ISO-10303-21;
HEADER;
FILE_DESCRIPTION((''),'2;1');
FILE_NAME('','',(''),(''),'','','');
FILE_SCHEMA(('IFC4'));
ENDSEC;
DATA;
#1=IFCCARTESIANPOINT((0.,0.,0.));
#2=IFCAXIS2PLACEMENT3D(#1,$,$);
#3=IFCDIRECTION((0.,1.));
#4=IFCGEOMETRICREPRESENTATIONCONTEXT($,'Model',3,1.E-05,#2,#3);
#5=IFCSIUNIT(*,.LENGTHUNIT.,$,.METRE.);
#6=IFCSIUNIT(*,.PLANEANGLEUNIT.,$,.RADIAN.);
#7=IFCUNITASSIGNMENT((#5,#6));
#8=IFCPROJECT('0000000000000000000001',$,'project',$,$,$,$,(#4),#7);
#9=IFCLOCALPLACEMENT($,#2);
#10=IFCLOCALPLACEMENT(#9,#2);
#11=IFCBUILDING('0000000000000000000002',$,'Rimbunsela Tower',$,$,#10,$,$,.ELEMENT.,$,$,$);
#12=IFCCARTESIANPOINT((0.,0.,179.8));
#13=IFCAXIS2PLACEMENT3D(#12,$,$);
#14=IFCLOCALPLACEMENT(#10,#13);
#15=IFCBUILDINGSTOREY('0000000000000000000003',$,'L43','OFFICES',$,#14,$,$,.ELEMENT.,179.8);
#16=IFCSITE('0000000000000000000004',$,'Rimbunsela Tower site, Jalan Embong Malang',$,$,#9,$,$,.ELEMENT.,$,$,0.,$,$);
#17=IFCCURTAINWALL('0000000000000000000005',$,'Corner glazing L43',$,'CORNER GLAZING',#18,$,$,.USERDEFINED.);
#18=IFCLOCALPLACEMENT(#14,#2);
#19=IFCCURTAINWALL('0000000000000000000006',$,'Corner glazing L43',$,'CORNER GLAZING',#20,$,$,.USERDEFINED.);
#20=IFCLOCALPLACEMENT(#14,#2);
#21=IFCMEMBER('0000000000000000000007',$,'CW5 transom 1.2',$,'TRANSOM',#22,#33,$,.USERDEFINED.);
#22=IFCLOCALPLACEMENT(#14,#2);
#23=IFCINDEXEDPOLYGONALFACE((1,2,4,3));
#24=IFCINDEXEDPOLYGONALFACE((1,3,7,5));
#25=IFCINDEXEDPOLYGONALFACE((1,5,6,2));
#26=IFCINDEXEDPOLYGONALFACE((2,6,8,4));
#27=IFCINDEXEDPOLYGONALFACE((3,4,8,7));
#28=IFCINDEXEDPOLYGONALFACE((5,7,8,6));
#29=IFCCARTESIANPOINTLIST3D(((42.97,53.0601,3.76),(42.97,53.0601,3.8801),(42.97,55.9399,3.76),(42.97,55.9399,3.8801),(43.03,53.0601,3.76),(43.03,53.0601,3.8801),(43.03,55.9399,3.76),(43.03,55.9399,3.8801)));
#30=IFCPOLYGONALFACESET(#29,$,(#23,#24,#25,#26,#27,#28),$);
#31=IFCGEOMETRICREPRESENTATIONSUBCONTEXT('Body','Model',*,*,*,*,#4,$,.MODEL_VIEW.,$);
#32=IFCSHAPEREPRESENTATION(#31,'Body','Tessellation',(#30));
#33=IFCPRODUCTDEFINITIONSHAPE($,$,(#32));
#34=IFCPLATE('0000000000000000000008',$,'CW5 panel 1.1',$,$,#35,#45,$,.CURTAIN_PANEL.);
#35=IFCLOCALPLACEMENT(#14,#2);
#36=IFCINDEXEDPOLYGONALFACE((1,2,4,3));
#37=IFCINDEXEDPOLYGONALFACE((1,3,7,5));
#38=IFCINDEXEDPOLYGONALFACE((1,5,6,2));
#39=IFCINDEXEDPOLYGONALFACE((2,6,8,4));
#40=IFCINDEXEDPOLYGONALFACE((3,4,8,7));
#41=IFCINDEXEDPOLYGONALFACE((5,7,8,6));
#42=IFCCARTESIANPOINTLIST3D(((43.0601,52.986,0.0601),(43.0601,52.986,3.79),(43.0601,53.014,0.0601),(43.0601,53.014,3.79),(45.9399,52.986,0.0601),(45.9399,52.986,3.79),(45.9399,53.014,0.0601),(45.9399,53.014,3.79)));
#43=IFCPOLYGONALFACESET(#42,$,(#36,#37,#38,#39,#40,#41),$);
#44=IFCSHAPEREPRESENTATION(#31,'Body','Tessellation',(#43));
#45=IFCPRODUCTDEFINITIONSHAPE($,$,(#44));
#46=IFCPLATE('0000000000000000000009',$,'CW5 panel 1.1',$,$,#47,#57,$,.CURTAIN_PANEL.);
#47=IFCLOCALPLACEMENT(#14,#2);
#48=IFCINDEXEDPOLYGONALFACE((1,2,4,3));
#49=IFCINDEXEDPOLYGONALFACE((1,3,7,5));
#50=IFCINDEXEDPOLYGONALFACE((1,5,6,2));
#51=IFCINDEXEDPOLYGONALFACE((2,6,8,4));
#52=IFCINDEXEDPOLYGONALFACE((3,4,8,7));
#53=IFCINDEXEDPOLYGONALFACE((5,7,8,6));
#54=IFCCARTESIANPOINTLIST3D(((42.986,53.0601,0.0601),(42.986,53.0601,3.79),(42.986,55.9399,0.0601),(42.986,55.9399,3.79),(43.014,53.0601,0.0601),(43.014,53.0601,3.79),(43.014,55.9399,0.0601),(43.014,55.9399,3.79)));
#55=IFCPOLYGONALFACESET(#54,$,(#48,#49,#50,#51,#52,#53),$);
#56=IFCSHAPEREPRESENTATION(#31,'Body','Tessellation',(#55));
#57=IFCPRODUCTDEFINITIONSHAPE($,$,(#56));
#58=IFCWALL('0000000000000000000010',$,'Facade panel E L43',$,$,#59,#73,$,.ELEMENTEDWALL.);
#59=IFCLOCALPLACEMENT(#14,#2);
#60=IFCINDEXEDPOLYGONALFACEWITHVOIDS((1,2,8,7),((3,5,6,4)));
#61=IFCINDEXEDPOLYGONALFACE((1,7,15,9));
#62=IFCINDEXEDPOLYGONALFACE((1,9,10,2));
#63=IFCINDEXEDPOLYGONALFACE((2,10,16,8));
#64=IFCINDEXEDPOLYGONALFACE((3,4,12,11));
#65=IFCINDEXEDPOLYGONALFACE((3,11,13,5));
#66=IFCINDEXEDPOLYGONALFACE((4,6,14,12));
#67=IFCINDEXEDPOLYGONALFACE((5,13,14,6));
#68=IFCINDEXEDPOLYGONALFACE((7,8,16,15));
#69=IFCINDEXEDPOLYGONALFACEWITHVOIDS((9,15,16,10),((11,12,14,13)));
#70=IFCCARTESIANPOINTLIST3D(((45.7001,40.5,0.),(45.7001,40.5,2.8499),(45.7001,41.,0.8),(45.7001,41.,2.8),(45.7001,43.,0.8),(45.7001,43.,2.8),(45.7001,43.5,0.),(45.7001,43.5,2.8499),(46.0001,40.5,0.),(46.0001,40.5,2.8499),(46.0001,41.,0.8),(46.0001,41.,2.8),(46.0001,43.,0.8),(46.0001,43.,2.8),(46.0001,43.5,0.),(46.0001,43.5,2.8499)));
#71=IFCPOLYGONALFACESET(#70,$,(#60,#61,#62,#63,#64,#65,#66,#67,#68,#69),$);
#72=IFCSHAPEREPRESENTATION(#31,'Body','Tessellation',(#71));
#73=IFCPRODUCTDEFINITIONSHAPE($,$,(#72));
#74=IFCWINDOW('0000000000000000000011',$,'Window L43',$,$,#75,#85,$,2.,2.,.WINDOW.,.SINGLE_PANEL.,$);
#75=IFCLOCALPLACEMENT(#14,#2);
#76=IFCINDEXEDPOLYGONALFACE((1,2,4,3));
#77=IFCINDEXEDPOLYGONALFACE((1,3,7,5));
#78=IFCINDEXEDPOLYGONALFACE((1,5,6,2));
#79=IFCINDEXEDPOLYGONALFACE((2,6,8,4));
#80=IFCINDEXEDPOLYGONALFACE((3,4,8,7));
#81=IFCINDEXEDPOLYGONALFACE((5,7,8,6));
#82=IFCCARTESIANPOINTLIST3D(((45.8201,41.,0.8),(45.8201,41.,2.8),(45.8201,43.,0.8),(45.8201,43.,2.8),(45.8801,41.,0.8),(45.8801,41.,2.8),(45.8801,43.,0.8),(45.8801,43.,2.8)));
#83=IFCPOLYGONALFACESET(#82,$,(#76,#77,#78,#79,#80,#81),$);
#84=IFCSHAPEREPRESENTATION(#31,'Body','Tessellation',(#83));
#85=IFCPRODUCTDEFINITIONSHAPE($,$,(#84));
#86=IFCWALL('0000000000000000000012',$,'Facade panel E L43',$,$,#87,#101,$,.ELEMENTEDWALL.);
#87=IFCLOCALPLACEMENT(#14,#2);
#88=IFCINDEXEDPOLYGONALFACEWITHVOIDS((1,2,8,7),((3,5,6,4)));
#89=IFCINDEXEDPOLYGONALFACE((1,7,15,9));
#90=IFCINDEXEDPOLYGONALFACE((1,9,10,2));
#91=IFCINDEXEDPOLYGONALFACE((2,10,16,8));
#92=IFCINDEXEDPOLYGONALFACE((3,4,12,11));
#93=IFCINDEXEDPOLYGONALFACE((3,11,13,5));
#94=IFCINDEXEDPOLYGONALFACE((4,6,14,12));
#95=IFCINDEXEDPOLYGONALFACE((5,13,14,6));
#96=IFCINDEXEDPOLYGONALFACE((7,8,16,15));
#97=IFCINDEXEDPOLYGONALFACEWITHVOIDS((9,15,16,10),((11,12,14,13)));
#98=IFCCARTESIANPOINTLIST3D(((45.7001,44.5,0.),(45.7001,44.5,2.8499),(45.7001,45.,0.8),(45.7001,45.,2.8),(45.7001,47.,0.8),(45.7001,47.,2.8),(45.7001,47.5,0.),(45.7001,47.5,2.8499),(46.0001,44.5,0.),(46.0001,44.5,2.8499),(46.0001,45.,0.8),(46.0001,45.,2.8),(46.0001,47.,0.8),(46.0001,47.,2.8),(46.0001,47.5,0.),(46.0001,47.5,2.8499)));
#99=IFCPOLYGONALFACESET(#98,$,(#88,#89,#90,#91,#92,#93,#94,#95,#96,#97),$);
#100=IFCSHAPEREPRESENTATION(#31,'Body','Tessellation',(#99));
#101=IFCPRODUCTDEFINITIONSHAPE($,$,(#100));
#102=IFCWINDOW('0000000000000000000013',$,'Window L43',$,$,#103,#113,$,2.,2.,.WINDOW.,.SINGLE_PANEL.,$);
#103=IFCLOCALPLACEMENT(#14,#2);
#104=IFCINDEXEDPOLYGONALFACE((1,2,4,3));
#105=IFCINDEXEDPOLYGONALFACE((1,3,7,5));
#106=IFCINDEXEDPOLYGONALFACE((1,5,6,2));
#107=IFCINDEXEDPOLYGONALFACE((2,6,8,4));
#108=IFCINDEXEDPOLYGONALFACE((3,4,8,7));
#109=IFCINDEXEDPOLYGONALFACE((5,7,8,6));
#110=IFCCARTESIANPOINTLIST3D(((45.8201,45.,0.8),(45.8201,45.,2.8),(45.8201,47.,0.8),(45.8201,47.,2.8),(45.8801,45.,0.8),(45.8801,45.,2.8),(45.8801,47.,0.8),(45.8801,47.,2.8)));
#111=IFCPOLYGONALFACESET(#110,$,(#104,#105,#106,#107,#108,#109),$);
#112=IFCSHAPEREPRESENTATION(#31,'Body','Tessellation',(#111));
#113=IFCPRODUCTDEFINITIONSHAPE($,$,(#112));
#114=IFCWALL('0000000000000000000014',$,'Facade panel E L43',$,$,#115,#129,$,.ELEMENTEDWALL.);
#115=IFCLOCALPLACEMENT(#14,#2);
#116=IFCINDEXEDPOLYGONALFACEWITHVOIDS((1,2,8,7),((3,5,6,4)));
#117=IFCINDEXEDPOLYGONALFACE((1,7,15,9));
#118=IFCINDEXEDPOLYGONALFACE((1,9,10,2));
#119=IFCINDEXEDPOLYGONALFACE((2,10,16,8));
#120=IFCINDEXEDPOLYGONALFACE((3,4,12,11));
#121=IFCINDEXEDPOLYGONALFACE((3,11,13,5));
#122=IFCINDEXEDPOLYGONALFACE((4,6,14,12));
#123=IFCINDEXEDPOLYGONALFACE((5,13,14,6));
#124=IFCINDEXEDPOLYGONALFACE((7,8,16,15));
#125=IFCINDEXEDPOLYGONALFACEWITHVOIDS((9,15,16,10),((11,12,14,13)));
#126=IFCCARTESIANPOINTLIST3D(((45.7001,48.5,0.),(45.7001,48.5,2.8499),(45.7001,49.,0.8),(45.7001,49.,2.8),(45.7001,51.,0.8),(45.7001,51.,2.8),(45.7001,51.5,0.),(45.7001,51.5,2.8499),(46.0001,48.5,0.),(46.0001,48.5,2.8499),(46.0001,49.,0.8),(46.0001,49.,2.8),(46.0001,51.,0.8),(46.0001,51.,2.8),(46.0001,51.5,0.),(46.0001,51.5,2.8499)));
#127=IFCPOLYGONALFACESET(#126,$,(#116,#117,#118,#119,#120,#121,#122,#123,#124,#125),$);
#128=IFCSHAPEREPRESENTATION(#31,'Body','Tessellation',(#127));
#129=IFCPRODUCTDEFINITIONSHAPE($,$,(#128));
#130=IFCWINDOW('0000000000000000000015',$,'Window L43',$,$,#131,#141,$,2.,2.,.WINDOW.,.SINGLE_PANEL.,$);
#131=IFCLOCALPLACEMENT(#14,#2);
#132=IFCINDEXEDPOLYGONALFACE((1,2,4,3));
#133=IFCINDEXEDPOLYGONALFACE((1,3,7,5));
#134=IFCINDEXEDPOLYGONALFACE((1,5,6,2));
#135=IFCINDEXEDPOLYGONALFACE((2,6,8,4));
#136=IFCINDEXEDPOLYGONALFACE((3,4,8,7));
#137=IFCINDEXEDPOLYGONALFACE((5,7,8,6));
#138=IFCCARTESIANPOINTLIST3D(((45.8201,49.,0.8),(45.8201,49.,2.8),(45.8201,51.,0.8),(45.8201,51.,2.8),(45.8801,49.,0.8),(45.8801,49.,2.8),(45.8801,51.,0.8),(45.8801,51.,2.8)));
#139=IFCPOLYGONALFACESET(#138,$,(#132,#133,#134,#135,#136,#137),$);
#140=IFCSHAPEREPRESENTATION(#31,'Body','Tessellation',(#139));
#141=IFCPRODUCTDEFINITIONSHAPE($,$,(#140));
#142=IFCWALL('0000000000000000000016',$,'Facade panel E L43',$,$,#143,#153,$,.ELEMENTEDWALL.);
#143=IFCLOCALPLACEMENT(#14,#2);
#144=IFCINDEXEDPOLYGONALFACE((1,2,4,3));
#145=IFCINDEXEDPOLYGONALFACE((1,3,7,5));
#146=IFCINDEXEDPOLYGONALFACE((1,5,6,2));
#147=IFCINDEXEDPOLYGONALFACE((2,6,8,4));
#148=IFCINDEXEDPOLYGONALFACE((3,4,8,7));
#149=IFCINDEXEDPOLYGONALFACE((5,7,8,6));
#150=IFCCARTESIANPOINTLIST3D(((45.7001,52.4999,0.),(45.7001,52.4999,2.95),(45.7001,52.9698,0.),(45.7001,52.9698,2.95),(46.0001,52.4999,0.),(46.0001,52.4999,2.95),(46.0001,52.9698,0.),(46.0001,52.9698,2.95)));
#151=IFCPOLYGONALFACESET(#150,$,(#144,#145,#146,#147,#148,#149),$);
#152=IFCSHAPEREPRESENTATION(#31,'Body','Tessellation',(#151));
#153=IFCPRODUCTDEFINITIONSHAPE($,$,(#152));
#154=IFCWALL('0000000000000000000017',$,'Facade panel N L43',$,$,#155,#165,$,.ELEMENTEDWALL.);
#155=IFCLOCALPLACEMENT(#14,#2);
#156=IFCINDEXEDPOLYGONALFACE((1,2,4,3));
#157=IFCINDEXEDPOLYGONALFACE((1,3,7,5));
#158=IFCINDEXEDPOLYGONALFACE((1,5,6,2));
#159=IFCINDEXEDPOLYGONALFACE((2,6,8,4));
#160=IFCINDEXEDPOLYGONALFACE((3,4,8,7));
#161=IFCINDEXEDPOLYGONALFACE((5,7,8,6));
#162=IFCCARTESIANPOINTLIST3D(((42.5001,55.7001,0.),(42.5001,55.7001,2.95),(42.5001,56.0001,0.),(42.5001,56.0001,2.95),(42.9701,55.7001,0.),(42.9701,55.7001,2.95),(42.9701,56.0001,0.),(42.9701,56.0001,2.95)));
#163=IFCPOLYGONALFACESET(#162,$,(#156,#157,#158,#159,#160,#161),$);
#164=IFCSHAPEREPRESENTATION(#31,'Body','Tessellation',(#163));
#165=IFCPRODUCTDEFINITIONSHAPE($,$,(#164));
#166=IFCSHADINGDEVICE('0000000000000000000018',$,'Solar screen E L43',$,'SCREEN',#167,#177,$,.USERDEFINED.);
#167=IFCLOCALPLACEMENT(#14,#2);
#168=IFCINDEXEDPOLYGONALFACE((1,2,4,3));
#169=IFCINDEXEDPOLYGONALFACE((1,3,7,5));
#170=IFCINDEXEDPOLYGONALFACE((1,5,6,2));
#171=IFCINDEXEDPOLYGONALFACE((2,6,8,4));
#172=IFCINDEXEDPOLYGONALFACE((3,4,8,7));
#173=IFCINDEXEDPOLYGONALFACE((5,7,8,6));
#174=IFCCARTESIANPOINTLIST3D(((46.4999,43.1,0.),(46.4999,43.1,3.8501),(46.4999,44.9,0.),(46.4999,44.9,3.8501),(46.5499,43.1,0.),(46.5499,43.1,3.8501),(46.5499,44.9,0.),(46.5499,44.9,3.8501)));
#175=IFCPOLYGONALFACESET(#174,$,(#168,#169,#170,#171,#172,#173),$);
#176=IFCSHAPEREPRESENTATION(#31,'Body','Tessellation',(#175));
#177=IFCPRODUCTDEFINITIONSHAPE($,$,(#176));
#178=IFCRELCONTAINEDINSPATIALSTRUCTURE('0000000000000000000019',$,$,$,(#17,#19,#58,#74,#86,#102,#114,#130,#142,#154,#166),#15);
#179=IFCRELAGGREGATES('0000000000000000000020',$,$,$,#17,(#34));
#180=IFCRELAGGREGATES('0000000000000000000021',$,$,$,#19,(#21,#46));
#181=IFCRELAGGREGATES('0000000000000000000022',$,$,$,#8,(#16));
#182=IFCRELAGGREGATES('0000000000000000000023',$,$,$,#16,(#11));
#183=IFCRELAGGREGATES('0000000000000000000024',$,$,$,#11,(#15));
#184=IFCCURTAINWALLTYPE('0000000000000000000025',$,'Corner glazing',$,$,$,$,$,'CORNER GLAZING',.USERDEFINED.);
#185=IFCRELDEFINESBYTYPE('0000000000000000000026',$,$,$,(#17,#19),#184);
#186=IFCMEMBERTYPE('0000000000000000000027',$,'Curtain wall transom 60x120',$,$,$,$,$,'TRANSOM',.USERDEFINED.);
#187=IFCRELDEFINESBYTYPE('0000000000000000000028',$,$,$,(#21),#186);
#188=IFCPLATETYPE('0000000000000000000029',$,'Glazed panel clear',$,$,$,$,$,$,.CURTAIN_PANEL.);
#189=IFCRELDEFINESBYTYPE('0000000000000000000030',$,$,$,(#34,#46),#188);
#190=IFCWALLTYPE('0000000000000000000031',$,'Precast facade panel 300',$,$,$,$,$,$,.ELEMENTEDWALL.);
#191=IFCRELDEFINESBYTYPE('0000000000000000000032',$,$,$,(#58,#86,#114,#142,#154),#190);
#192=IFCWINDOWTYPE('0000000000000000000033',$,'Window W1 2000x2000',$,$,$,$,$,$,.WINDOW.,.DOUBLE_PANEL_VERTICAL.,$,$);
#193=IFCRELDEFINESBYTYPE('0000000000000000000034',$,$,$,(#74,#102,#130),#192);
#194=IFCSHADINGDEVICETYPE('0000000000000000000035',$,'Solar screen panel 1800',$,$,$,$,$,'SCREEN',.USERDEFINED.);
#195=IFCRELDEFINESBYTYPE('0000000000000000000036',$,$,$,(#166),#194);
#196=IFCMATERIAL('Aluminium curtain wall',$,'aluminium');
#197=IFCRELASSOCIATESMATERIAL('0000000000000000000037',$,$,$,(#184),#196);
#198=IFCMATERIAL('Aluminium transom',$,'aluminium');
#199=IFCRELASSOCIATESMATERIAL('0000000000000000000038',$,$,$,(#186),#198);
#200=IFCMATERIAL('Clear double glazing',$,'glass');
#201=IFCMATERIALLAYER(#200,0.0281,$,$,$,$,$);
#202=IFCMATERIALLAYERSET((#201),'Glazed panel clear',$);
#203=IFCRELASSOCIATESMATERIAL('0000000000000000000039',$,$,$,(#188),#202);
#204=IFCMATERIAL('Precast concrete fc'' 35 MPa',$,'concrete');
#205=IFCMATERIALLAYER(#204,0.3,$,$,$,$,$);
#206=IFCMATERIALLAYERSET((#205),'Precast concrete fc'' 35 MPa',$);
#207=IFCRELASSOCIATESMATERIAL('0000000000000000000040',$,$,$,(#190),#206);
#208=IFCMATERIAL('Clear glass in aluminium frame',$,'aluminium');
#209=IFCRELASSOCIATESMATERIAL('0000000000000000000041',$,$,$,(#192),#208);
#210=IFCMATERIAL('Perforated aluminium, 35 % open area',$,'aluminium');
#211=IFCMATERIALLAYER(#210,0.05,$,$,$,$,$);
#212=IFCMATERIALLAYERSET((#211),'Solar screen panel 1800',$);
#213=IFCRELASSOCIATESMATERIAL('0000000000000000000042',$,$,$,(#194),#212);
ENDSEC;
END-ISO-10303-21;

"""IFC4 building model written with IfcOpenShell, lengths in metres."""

from ifc_helpers import new_model, si_unit, direction, frame, frame_2d, origin, origin_2d, place, context, subcontext, project, spatial, rectangle, extrude, material, layer, layer_set, material_profile, profile_set, type_object, element, fill, aggregate, save


model = new_model("IFC4")

# Units and contexts
model_context = context("Model", 3, precision=1e-05, world=origin(), true_north=direction((0.0, 1.0)))
body_context = subcontext(model_context, "Body", "Model", "MODEL_VIEW")
ifc_project = project(units=[si_unit("LENGTHUNIT", "METRE"), si_unit("PLANEANGLEUNIT", "RADIAN")], contexts=[model_context])

# Site, building, storey
site_placement = place(None, origin())
site = spatial("IfcSite", under=ifc_project, at=site_placement, Name="Rimbunsela Tower site, Jalan Embong Malang", CompositionType="ELEMENT", RefElevation=0.0)
building_placement = place(site_placement, origin())
building = spatial("IfcBuilding", under=site, at=building_placement, Name="Rimbunsela Tower", CompositionType="ELEMENT")
storey_placement = place(building_placement, frame((0.0, 0.0, 179.8)))
storey = spatial("IfcBuildingStorey", under=building, at=storey_placement, Name="L43", Description="OFFICES", CompositionType="ELEMENT", Elevation=179.8)

# Curtain walls
ifc_material_1 = material(Name="Aluminium curtain wall", Category="aluminium")
curtain_wall_type = type_object("IfcCurtainWallType", Name="Corner glazing", ElementType="CORNER GLAZING", PredefinedType="USERDEFINED", material=ifc_material_1)
curtain_wall_1_placement = place(storey_placement, origin())
curtain_wall_1 = element("IfcCurtainWall", 1, at=curtain_wall_1_placement, inside=storey, type_object=curtain_wall_type, Name="Corner glazing L43", ObjectType="CORNER GLAZING", PredefinedType="USERDEFINED")
curtain_wall_2_placement = place(storey_placement, origin())
curtain_wall_2 = element("IfcCurtainWall", 2, at=curtain_wall_2_placement, inside=storey, type_object=curtain_wall_type, Name="Corner glazing L43", ObjectType="CORNER GLAZING", PredefinedType="USERDEFINED")

# Member
ifc_material_2 = material(Name="Aluminium transom", Category="aluminium")
ifc_material_profile_1 = material_profile(ifc_material_2, rectangle(XDim=0.0601, YDim=0.1201, at=origin_2d()), Name="Transom 60x120")
ifc_profile_set_1 = profile_set([ifc_material_profile_1], Name="Aluminium transom")
member_type_1 = type_object("IfcMemberType", Name="Curtain wall transom 60x120", ElementType="TRANSOM", PredefinedType="USERDEFINED", material=ifc_profile_set_1)
member_1_placement = place(storey_placement, frame((43.0, 53.0601, 3.8201), z_axis=(0.0, 1.0, 0.0), x_axis=(-1.0, 0.0, 0.0)))
member_1 = element("IfcMember", 3, at=member_1_placement, type_object=member_type_1, Name="CW5 transom 1.2", ObjectType="TRANSOM", PredefinedType="USERDEFINED", context=body_context, shape_type="SweptSolid", body=[
    extrude(rectangle(XDim=0.0601, YDim=0.1201, at=origin_2d()), origin(), (0.0, 0.0, 1.0), 2.8799),
])

# Plates
ifc_material_3 = material(Name="Clear double glazing", Category="glass")
ifc_layer_1 = layer(ifc_material_3, 0.0281)
ifc_layer_set_1 = layer_set([ifc_layer_1], Name="Glazed panel clear")
plate_type = type_object("IfcPlateType", Name="Glazed panel clear", PredefinedType="CURTAIN_PANEL", material=ifc_layer_set_1)
plate_1_placement = place(storey_placement, frame((44.5, 53.0, 0.0601), z_axis=(0.0, 0.0, 1.0), x_axis=(-1.0, 0.0, 0.0)))
plate_1 = element("IfcPlate", 4, at=plate_1_placement, type_object=plate_type, Name="CW5 panel 1.1", PredefinedType="CURTAIN_PANEL", context=body_context, shape_type="SweptSolid", body=[
    extrude(rectangle(XDim=2.8799, YDim=0.0281, at=origin_2d()), origin(), (0.0, 0.0, 1.0), 3.73),
])
aggregate(curtain_wall_1, [plate_1])
plate_2_placement = place(storey_placement, frame((43.0, 54.5, 0.0601), z_axis=(0.0, 0.0, 1.0), x_axis=(0.0, 1.0, 0.0)))
plate_2 = element("IfcPlate", 5, at=plate_2_placement, type_object=plate_type, Name="CW5 panel 1.1", PredefinedType="CURTAIN_PANEL", context=body_context, shape_type="SweptSolid", body=[
    extrude(rectangle(XDim=2.8799, YDim=0.0281, at=origin_2d()), origin(), (0.0, 0.0, 1.0), 3.73),
])
aggregate(curtain_wall_2, [member_1, plate_2])

# Walls, openings, windows
ifc_material_4 = material(Name="Precast concrete fc' 35 MPa", Category="concrete")
ifc_layer_2 = layer(ifc_material_4, 0.3)
ifc_layer_set_2 = layer_set([ifc_layer_2], Name="Precast concrete fc' 35 MPa")
wall_type = type_object("IfcWallType", Name="Precast facade panel 300", PredefinedType="ELEMENTEDWALL", material=ifc_layer_set_2)
wall_1_placement = place(storey_placement, frame((45.8501, 40.5, 0.0), z_axis=(0.0, 0.0, 1.0), x_axis=(0.0, 1.0, 0.0)))
wall_1 = element("IfcWall", 6, at=wall_1_placement, inside=storey, type_object=wall_type, Name="Facade panel E L43", PredefinedType="ELEMENTEDWALL", context=body_context, shape_type="SweptSolid", body=[
    extrude(rectangle(XDim=3.0, YDim=0.3, at=frame_2d((1.5, 0.0))), origin(), (0.0, 0.0, 1.0), 2.8499),
])
opening_1_placement = place(wall_1_placement, frame((0.5, 0.0, 0.8)))
opening_1 = element("IfcOpeningElement", 7, at=opening_1_placement, cuts=wall_1, PredefinedType="OPENING", context=body_context, shape_type="SweptSolid", body=[
    extrude(rectangle(XDim=2.0, YDim=2.0, at=frame_2d((1.0, 1.0))), frame((0.0, 0.1599, 0.0), z_axis=(0.0, -1.0, 0.0), x_axis=(1.0, 0.0, 0.0)), (0.0, 0.0, 1.0), 0.3201),
])
ifc_material_5 = material(Name="Clear glass in aluminium frame", Category="aluminium")
window_type = type_object("IfcWindowType", Name="Window W1 2000x2000", PartitioningType="DOUBLE_PANEL_VERTICAL", PredefinedType="WINDOW", material=ifc_material_5)
window_1_placement = place(opening_1_placement, origin())
window_1 = element("IfcWindow", 8, at=window_1_placement, inside=storey, type_object=window_type, Name="Window L43", OverallHeight=2.0, OverallWidth=2.0, PartitioningType="SINGLE_PANEL", PredefinedType="WINDOW", context=body_context, shape_type="SweptSolid", body=[
    extrude(rectangle(XDim=2.0, YDim=2.0, at=frame_2d((1.0, 1.0))), frame((0.0, 0.03, 0.0), z_axis=(0.0, -1.0, 0.0), x_axis=(1.0, 0.0, 0.0)), (0.0, 0.0, 1.0), 0.0601),
])
fill(opening_1, window_1)
wall_2_placement = place(storey_placement, frame((45.8501, 44.5, 0.0), z_axis=(0.0, 0.0, 1.0), x_axis=(0.0, 1.0, 0.0)))
wall_2 = element("IfcWall", 9, at=wall_2_placement, inside=storey, type_object=wall_type, Name="Facade panel E L43", PredefinedType="ELEMENTEDWALL", context=body_context, shape_type="SweptSolid", body=[
    extrude(rectangle(XDim=3.0, YDim=0.3, at=frame_2d((1.5, 0.0))), origin(), (0.0, 0.0, 1.0), 2.8499),
])
opening_2_placement = place(wall_2_placement, frame((0.5, 0.0, 0.8)))
opening_2 = element("IfcOpeningElement", 10, at=opening_2_placement, cuts=wall_2, PredefinedType="OPENING", context=body_context, shape_type="SweptSolid", body=[
    extrude(rectangle(XDim=2.0, YDim=2.0, at=frame_2d((1.0, 1.0))), frame((0.0, 0.1599, 0.0), z_axis=(0.0, -1.0, 0.0), x_axis=(1.0, 0.0, 0.0)), (0.0, 0.0, 1.0), 0.3201),
])
window_2_placement = place(opening_2_placement, origin())
window_2 = element("IfcWindow", 11, at=window_2_placement, inside=storey, type_object=window_type, Name="Window L43", OverallHeight=2.0, OverallWidth=2.0, PartitioningType="SINGLE_PANEL", PredefinedType="WINDOW", context=body_context, shape_type="SweptSolid", body=[
    extrude(rectangle(XDim=2.0, YDim=2.0, at=frame_2d((1.0, 1.0))), frame((0.0, 0.03, 0.0), z_axis=(0.0, -1.0, 0.0), x_axis=(1.0, 0.0, 0.0)), (0.0, 0.0, 1.0), 0.0601),
])
fill(opening_2, window_2)
wall_3_placement = place(storey_placement, frame((45.8501, 48.5, 0.0), z_axis=(0.0, 0.0, 1.0), x_axis=(0.0, 1.0, 0.0)))
wall_3 = element("IfcWall", 12, at=wall_3_placement, inside=storey, type_object=wall_type, Name="Facade panel E L43", PredefinedType="ELEMENTEDWALL", context=body_context, shape_type="SweptSolid", body=[
    extrude(rectangle(XDim=3.0, YDim=0.3, at=frame_2d((1.5, 0.0))), origin(), (0.0, 0.0, 1.0), 2.8499),
])
opening_3_placement = place(wall_3_placement, frame((0.5, 0.0, 0.8)))
opening_3 = element("IfcOpeningElement", 13, at=opening_3_placement, cuts=wall_3, PredefinedType="OPENING", context=body_context, shape_type="SweptSolid", body=[
    extrude(rectangle(XDim=2.0, YDim=2.0, at=frame_2d((1.0, 1.0))), frame((0.0, 0.1599, 0.0), z_axis=(0.0, -1.0, 0.0), x_axis=(1.0, 0.0, 0.0)), (0.0, 0.0, 1.0), 0.3201),
])
window_3_placement = place(opening_3_placement, origin())
window_3 = element("IfcWindow", 14, at=window_3_placement, inside=storey, type_object=window_type, Name="Window L43", OverallHeight=2.0, OverallWidth=2.0, PartitioningType="SINGLE_PANEL", PredefinedType="WINDOW", context=body_context, shape_type="SweptSolid", body=[
    extrude(rectangle(XDim=2.0, YDim=2.0, at=frame_2d((1.0, 1.0))), frame((0.0, 0.03, 0.0), z_axis=(0.0, -1.0, 0.0), x_axis=(1.0, 0.0, 0.0)), (0.0, 0.0, 1.0), 0.0601),
])
fill(opening_3, window_3)

# Walls
for number, where, z_axis, x_axis, name in (
    (15, (45.8501, 52.5, 0.0), (0.0, 0.0, 1.0), (0.0, 1.0, 0.0), "Facade panel E L43"),
    (16, (42.97, 55.8501, 0.0), (0.0, 0.0, 1.0), (-1.0, 0.0, 0.0), "Facade panel N L43"),
):
    element("IfcWall", number, at=place(storey_placement, frame(where, z_axis=z_axis, x_axis=x_axis)), inside=storey, type_object=wall_type, Name=name, PredefinedType="ELEMENTEDWALL", context=body_context, shape_type="SweptSolid", body=[
        extrude(rectangle(XDim=0.47, YDim=0.3, at=frame_2d((0.2349, 0.0))), origin(), (0.0, 0.0, 1.0), 2.95),
    ])

# Shading device
ifc_material_6 = material(Name="Perforated aluminium, 35 % open area", Category="aluminium")
ifc_layer_3 = layer(ifc_material_6, 0.05)
ifc_layer_set_3 = layer_set([ifc_layer_3], Name="Solar screen panel 1800")
shading_device_type = type_object("IfcShadingDeviceType", Name="Solar screen panel 1800", ElementType="SCREEN", PredefinedType="USERDEFINED", material=ifc_layer_set_3)
for number, where, z_axis, x_axis, name in (
    (17, (46.5249, 44.0, 0.0), (0.0, 0.0, 1.0), (0.0, 1.0, 0.0), "Solar screen E L43"),
):
    element("IfcShadingDevice", number, at=place(storey_placement, frame(where, z_axis=z_axis, x_axis=x_axis)), inside=storey, type_object=shading_device_type, Name=name, ObjectType="SCREEN", PredefinedType="USERDEFINED", context=body_context, shape_type="SweptSolid", body=[
        extrude(rectangle(XDim=1.8, YDim=0.05, at=origin_2d()), origin(), (0.0, 0.0, 1.0), 3.8501),
    ])

save(model, "model.ifc")
